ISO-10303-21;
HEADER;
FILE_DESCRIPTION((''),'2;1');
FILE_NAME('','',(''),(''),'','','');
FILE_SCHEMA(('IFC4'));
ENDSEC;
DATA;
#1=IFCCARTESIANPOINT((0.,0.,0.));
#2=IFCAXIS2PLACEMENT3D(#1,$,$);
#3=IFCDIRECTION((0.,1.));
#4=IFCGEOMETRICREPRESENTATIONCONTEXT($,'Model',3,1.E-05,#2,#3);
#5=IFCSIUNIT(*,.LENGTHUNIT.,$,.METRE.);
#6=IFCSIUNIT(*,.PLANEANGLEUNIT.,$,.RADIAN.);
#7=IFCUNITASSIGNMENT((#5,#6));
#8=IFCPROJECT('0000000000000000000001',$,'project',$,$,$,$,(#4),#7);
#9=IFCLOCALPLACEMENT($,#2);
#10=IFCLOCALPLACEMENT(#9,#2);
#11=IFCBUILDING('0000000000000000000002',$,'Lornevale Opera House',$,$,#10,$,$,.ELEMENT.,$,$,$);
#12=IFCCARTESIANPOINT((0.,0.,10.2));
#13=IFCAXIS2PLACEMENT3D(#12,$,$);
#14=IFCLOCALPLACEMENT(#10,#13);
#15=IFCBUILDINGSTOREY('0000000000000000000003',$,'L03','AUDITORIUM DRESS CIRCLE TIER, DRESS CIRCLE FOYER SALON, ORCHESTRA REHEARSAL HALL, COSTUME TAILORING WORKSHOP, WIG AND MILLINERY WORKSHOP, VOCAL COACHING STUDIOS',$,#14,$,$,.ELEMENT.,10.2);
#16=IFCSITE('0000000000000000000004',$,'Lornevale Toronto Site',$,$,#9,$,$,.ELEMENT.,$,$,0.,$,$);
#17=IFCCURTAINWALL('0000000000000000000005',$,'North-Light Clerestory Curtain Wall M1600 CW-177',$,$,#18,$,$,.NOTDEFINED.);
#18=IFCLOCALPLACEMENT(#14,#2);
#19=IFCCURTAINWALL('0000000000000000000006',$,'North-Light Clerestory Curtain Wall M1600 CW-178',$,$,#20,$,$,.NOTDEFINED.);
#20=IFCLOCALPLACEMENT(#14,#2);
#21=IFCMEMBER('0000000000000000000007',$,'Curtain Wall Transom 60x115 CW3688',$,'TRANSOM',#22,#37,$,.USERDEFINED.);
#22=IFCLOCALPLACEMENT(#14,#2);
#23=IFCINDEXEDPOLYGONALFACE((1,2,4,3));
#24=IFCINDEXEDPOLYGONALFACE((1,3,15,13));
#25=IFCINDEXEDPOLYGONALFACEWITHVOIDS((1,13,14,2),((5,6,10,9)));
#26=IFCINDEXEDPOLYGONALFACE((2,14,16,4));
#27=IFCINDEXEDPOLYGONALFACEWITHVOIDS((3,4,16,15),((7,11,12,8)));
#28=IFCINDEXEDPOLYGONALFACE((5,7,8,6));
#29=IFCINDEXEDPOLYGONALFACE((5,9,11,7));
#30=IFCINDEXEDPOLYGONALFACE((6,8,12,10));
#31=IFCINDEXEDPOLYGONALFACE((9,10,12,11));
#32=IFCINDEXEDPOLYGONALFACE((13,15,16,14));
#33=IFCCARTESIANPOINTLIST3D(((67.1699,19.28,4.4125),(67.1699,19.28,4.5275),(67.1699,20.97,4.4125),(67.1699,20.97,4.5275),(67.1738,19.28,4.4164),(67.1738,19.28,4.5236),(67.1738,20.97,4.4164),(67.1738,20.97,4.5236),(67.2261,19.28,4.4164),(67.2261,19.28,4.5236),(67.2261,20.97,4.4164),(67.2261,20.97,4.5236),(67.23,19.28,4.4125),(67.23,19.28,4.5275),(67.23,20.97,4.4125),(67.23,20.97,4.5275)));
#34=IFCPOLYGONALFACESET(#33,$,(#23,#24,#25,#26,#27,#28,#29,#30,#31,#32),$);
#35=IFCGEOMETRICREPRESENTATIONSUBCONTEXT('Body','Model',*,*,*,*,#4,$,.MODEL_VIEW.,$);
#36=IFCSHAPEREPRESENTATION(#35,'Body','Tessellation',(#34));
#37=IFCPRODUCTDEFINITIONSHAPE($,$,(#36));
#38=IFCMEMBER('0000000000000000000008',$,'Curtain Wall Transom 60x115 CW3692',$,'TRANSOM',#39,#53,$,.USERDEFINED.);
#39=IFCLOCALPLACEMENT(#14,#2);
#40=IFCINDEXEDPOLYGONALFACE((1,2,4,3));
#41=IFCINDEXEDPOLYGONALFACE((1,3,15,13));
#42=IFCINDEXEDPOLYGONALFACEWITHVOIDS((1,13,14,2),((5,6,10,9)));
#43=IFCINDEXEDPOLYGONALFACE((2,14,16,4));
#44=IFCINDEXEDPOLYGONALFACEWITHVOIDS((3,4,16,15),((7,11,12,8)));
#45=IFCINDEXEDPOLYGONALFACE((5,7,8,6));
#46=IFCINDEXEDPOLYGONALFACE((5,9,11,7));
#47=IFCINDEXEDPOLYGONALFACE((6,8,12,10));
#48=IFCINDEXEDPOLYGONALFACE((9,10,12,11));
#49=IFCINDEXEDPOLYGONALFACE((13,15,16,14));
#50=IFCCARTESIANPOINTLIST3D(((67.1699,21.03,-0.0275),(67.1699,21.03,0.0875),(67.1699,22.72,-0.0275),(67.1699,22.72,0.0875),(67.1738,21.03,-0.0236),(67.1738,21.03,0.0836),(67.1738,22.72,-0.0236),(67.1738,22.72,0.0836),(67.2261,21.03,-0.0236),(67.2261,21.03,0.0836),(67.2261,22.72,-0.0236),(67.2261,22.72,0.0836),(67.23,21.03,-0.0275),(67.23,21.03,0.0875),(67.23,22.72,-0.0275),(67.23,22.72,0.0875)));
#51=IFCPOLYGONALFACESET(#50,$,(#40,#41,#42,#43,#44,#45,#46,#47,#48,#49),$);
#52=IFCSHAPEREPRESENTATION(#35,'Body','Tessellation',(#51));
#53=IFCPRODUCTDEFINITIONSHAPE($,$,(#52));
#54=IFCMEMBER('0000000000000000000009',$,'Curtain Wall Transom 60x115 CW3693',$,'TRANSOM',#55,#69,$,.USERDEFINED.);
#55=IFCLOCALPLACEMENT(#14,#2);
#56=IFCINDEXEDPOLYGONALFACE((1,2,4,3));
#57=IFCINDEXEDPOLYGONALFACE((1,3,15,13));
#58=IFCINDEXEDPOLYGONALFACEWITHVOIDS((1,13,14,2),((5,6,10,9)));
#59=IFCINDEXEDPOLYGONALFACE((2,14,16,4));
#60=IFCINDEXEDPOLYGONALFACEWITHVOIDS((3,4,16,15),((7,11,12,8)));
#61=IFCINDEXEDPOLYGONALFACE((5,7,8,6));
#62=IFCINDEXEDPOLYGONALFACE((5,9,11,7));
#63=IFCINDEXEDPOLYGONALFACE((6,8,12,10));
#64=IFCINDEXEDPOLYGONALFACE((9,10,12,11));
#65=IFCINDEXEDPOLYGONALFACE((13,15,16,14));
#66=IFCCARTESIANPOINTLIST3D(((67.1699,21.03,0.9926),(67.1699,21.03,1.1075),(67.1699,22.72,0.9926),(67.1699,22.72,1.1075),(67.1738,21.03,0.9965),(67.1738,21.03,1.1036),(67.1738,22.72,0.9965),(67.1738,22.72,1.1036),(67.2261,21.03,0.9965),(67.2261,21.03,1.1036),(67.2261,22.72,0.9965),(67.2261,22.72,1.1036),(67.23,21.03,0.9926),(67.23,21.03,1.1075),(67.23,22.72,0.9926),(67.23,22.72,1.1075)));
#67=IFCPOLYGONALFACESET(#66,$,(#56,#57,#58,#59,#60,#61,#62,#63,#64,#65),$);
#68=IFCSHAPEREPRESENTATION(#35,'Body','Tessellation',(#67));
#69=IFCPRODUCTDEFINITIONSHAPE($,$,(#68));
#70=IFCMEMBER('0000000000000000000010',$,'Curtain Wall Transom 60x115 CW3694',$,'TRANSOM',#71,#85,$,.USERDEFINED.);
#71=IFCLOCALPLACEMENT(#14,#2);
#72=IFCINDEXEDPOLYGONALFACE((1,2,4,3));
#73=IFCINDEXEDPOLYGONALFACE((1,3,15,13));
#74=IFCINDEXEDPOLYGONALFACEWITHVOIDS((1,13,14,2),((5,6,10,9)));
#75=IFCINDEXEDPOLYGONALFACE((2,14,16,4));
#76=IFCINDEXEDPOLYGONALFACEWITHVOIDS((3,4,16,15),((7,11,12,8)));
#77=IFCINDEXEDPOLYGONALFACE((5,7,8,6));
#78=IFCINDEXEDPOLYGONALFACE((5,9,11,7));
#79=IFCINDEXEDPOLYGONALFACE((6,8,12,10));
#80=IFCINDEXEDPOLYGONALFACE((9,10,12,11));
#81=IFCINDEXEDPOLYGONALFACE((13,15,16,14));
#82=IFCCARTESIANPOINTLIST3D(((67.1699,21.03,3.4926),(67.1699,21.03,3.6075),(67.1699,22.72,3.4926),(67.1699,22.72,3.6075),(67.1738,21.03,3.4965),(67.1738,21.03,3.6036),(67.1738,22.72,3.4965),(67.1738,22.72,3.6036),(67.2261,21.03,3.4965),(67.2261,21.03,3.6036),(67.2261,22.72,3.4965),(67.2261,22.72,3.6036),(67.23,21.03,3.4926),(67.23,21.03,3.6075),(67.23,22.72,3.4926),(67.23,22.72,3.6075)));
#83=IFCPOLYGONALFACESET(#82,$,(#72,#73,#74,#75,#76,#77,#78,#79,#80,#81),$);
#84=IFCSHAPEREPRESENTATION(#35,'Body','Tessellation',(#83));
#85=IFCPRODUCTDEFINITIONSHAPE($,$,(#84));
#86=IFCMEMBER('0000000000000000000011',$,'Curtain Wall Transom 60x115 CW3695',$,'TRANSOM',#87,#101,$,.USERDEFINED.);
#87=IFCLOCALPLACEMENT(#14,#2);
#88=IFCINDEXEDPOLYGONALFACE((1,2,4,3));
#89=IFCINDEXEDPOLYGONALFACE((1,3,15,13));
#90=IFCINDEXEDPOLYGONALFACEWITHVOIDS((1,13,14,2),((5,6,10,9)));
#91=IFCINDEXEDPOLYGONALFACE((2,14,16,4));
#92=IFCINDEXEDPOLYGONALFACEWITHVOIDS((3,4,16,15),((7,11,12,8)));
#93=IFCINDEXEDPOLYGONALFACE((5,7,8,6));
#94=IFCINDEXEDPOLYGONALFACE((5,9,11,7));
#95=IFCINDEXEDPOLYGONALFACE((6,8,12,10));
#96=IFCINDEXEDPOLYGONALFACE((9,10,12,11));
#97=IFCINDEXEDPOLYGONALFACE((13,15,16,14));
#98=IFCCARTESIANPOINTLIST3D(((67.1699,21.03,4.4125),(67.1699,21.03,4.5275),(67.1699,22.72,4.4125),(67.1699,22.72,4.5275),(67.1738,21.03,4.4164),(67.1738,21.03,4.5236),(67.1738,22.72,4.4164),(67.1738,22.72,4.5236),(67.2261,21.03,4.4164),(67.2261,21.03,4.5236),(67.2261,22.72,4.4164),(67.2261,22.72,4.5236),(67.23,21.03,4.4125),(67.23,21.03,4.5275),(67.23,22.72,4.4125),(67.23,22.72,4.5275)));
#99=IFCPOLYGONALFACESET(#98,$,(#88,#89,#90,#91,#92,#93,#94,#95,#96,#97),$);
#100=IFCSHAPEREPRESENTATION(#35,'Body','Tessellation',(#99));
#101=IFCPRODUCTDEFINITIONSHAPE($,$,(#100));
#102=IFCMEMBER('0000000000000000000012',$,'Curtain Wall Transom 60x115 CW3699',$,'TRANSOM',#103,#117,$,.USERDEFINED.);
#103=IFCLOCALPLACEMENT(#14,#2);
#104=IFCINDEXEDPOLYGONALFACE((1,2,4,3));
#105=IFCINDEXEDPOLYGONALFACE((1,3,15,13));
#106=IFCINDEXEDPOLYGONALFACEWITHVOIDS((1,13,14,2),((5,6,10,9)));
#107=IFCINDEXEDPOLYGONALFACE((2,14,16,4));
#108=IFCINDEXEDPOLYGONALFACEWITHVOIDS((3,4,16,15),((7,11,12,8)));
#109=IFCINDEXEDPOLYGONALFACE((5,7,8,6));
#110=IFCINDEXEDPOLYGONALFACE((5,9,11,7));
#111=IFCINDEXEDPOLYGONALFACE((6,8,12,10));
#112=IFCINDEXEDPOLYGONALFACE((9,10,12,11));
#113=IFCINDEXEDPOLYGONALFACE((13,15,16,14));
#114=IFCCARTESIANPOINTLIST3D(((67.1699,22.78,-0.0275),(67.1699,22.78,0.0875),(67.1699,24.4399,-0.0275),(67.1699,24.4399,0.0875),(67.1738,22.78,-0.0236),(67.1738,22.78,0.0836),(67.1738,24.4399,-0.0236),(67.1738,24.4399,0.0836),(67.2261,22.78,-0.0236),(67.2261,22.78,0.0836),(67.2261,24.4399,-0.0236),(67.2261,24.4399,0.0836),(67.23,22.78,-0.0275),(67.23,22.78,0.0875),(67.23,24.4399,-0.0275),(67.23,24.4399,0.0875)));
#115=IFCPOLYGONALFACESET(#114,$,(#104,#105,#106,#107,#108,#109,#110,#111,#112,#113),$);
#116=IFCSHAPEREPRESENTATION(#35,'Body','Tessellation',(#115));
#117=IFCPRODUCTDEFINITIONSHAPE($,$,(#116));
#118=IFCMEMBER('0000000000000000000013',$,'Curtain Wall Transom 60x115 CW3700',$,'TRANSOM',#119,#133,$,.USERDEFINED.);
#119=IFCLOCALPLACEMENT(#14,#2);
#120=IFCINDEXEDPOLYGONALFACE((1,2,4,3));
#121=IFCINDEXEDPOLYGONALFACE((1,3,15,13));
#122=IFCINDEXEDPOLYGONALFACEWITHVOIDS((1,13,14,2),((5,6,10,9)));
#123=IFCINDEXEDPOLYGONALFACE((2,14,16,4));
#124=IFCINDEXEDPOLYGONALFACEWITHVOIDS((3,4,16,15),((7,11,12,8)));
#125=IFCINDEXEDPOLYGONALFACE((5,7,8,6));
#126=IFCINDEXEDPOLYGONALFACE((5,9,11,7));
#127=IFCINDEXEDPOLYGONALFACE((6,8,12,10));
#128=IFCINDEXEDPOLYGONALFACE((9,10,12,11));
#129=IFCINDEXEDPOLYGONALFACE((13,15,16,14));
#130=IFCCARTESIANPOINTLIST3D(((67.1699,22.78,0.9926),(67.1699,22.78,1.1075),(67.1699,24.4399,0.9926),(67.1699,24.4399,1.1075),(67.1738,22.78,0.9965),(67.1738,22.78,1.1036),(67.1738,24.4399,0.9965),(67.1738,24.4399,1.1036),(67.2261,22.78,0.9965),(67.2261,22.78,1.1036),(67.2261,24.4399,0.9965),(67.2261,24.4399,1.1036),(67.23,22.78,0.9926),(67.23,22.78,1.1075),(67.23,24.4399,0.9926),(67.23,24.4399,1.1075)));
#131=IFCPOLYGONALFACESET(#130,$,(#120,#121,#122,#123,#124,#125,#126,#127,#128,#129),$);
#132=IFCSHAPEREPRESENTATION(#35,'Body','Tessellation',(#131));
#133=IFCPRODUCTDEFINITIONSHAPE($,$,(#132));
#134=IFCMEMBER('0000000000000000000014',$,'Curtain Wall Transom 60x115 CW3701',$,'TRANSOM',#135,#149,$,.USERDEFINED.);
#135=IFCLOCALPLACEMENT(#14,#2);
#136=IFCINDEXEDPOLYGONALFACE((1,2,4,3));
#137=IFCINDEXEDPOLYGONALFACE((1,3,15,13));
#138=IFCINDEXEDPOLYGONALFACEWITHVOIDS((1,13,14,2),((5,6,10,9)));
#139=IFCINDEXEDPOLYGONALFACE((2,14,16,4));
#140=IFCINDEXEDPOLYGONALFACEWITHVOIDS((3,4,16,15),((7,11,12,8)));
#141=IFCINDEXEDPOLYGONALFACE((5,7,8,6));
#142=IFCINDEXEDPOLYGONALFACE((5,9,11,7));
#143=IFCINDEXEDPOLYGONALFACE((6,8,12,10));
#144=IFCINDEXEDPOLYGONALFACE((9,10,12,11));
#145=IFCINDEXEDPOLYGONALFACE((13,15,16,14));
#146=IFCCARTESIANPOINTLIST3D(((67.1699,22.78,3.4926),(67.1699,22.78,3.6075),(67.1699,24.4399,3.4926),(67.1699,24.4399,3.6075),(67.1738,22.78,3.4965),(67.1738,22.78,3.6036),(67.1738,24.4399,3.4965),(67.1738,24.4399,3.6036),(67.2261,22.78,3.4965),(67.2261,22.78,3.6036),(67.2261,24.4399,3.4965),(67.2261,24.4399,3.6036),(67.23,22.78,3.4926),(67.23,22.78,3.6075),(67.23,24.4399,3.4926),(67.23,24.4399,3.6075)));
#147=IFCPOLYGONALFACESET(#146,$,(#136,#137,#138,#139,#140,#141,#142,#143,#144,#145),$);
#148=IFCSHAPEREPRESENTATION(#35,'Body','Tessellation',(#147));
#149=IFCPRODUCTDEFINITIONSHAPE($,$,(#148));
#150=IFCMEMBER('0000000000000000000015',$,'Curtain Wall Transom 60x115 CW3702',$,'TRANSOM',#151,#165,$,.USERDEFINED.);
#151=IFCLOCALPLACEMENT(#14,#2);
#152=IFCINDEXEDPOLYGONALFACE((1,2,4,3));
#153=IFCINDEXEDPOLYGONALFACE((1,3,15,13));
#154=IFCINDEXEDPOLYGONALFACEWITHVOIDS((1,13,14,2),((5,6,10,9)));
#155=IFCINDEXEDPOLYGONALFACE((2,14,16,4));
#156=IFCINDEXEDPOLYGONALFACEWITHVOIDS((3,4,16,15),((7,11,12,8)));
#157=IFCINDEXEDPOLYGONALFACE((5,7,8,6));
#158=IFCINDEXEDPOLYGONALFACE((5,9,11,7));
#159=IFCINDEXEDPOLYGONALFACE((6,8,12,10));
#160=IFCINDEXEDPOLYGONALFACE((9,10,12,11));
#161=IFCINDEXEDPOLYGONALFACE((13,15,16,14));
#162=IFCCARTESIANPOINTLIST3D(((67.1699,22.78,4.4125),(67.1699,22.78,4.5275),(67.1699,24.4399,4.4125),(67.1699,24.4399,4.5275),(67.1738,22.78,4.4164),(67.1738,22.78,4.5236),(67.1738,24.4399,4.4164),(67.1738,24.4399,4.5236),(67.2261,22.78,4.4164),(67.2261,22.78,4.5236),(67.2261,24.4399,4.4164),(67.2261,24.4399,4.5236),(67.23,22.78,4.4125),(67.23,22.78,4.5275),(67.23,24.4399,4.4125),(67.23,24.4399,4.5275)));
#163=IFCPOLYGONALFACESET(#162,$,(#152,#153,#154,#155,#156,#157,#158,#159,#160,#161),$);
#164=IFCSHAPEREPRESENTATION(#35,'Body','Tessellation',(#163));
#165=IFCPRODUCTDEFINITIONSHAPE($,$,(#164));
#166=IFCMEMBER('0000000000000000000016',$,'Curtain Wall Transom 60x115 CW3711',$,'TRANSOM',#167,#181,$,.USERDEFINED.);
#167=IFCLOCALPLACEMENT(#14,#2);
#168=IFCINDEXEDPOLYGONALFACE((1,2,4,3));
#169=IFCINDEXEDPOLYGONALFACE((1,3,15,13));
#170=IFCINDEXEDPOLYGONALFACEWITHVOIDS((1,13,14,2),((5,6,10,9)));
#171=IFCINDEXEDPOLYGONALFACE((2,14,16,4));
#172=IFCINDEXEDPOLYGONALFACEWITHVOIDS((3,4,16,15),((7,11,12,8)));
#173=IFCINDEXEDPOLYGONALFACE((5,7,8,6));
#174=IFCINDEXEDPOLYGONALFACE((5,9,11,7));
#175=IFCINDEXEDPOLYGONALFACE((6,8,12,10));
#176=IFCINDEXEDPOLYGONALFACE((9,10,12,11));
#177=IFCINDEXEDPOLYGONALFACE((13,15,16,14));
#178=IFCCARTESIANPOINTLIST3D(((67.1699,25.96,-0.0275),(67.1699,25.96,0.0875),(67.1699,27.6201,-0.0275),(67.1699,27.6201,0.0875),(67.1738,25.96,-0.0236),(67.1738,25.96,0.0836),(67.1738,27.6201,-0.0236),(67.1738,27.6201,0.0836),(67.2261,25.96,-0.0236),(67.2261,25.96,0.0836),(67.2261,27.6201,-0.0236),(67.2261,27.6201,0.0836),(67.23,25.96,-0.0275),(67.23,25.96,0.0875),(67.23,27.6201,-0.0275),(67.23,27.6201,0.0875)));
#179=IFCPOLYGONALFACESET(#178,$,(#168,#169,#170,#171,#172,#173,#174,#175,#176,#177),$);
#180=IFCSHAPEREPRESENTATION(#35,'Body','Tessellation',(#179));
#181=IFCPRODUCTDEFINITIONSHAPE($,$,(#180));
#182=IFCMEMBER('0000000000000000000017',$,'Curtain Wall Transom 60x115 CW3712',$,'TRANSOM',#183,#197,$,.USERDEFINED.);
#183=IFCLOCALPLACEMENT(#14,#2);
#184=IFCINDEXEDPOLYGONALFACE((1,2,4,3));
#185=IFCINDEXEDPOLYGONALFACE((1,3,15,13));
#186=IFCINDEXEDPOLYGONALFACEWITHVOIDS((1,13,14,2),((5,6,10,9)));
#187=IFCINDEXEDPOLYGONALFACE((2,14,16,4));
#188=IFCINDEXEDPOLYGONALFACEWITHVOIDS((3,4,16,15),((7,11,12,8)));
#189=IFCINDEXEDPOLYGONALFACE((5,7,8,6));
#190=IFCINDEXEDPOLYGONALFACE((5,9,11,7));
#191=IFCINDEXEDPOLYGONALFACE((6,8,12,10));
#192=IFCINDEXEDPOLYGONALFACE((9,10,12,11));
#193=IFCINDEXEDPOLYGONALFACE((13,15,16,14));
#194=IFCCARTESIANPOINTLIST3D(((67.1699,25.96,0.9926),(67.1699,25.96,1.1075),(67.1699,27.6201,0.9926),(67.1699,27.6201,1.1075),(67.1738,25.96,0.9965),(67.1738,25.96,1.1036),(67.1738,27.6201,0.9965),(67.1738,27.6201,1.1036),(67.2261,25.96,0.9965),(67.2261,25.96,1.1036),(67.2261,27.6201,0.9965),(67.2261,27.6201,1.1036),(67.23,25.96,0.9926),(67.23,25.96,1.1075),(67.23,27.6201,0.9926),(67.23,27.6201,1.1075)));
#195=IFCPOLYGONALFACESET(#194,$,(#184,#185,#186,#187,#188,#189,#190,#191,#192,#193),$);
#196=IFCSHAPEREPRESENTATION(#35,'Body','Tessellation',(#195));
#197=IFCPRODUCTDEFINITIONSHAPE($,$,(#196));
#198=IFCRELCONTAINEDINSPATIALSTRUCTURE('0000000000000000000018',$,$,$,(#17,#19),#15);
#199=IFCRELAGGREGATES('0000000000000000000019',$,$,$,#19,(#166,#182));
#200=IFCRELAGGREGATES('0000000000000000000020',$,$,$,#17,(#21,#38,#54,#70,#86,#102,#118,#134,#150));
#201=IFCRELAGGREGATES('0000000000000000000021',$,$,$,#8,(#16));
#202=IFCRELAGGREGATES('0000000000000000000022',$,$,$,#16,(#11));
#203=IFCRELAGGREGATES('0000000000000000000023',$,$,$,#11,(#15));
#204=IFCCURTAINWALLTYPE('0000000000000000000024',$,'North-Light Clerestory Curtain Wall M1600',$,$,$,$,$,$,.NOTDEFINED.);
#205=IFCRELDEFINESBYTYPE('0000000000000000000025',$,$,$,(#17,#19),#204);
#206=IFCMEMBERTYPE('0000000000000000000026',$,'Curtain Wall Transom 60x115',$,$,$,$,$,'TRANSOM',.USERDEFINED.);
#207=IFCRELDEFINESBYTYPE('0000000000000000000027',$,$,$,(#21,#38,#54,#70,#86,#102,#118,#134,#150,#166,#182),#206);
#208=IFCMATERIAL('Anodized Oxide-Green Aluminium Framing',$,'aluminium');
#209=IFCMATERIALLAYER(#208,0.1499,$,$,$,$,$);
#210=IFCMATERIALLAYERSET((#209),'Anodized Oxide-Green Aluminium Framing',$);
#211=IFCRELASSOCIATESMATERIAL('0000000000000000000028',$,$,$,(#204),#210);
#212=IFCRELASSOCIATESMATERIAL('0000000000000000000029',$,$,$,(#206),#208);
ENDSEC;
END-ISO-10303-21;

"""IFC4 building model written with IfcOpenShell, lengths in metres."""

from ifc_helpers import new_model, si_unit, direction, frame, origin, origin_2d, place, context, subcontext, project, spatial, hollow_rectangle, extrude, material, layer, layer_set, material_profile, profile_set, type_object, element, aggregate, save


model = new_model("IFC4")

# Units and contexts
model_context = context("Model", 3, precision=1e-05, world=origin(), true_north=direction((0.0, 1.0)))
body_context = subcontext(model_context, "Body", "Model", "MODEL_VIEW")
ifc_project = project(units=[si_unit("LENGTHUNIT", "METRE"), si_unit("PLANEANGLEUNIT", "RADIAN")], contexts=[model_context])

# Site, building, storey
site_placement = place(None, origin())
site = spatial("IfcSite", under=ifc_project, at=site_placement, Name="Lornevale Toronto Site", CompositionType="ELEMENT", RefElevation=0.0)
building_placement = place(site_placement, origin())
building = spatial("IfcBuilding", under=site, at=building_placement, Name="Lornevale Opera House", CompositionType="ELEMENT")
storey_placement = place(building_placement, frame((0.0, 0.0, 10.2)))
storey = spatial("IfcBuildingStorey", under=building, at=storey_placement, Name="L03", Description="AUDITORIUM DRESS CIRCLE TIER, DRESS CIRCLE FOYER SALON, ORCHESTRA REHEARSAL HALL, COSTUME TAILORING WORKSHOP, WIG AND MILLINERY WORKSHOP, VOCAL COACHING STUDIOS", CompositionType="ELEMENT", Elevation=10.2)

# Curtain wall
ifc_material_1 = material(Name="Anodized Oxide-Green Aluminium Framing", Category="aluminium")
ifc_layer_1 = layer(ifc_material_1, 0.1499)
ifc_layer_set_1 = layer_set([ifc_layer_1], Name="Anodized Oxide-Green Aluminium Framing")
curtain_wall_type_1 = type_object("IfcCurtainWallType", Name="North-Light Clerestory Curtain Wall M1600", PredefinedType="NOTDEFINED", material=ifc_layer_set_1)
curtain_wall_1_placement = place(storey_placement, origin())
curtain_wall_1 = element("IfcCurtainWall", 1, at=curtain_wall_1_placement, inside=storey, type_object=curtain_wall_type_1, Name="North-Light Clerestory Curtain Wall M1600 CW-177", PredefinedType="NOTDEFINED")

# Curtain wall
curtain_wall_2_placement = place(storey_placement, origin())
curtain_wall_2 = element("IfcCurtainWall", 2, at=curtain_wall_2_placement, inside=storey, type_object=curtain_wall_type_1, Name="North-Light Clerestory Curtain Wall M1600 CW-178", PredefinedType="NOTDEFINED")

# Members
ifc_material_profile_1 = material_profile(ifc_material_1, hollow_rectangle(XDim=0.0601, YDim=0.115, WallThickness=0.0039, at=origin_2d()), Name="ALU60x115x4")
ifc_profile_set_1 = profile_set([ifc_material_profile_1], Name="Anodized Oxide-Green Aluminium Framing")
member_type_1 = type_object("IfcMemberType", Name="Curtain Wall Transom 60x115", ElementType="TRANSOM", PredefinedType="USERDEFINED", material=ifc_profile_set_1)
member_1_placement = place(storey_placement, frame((67.2, 19.28, 4.47), z_axis=(0.0, 1.0, 0.0), x_axis=(-1.0, 0.0, 0.0)))
member_1 = element("IfcMember", 3, at=member_1_placement, type_object=member_type_1, Name="Curtain Wall Transom 60x115 CW3688", ObjectType="TRANSOM", PredefinedType="USERDEFINED", context=body_context, shape_type="SweptSolid", body=[
    extrude(hollow_rectangle(XDim=0.0601, YDim=0.115, WallThickness=0.0039, at=origin_2d()), origin(), (0.0, 0.0, 1.0), 1.6899),
])
member_2_placement = place(storey_placement, frame((67.2, 21.03, 0.03), z_axis=(0.0, 1.0, 0.0), x_axis=(-1.0, 0.0, 0.0)))
member_2 = element("IfcMember", 4, at=member_2_placement, type_object=member_type_1, Name="Curtain Wall Transom 60x115 CW3692", ObjectType="TRANSOM", PredefinedType="USERDEFINED", context=body_context, shape_type="SweptSolid", body=[
    extrude(hollow_rectangle(XDim=0.0601, YDim=0.115, WallThickness=0.0039, at=origin_2d()), origin(), (0.0, 0.0, 1.0), 1.6899),
])
member_3_placement = place(storey_placement, frame((67.2, 21.03, 1.05), z_axis=(0.0, 1.0, 0.0), x_axis=(-1.0, 0.0, 0.0)))
member_3 = element("IfcMember", 5, at=member_3_placement, type_object=member_type_1, Name="Curtain Wall Transom 60x115 CW3693", ObjectType="TRANSOM", PredefinedType="USERDEFINED", context=body_context, shape_type="SweptSolid", body=[
    extrude(hollow_rectangle(XDim=0.0601, YDim=0.115, WallThickness=0.0039, at=origin_2d()), origin(), (0.0, 0.0, 1.0), 1.6899),
])
member_4_placement = place(storey_placement, frame((67.2, 21.03, 3.55), z_axis=(0.0, 1.0, 0.0), x_axis=(-1.0, 0.0, 0.0)))
member_4 = element("IfcMember", 6, at=member_4_placement, type_object=member_type_1, Name="Curtain Wall Transom 60x115 CW3694", ObjectType="TRANSOM", PredefinedType="USERDEFINED", context=body_context, shape_type="SweptSolid", body=[
    extrude(hollow_rectangle(XDim=0.0601, YDim=0.115, WallThickness=0.0039, at=origin_2d()), origin(), (0.0, 0.0, 1.0), 1.6899),
])
member_5_placement = place(storey_placement, frame((67.2, 21.03, 4.47), z_axis=(0.0, 1.0, 0.0), x_axis=(-1.0, 0.0, 0.0)))
member_5 = element("IfcMember", 7, at=member_5_placement, type_object=member_type_1, Name="Curtain Wall Transom 60x115 CW3695", ObjectType="TRANSOM", PredefinedType="USERDEFINED", context=body_context, shape_type="SweptSolid", body=[
    extrude(hollow_rectangle(XDim=0.0601, YDim=0.115, WallThickness=0.0039, at=origin_2d()), origin(), (0.0, 0.0, 1.0), 1.6899),
])
member_6_placement = place(storey_placement, frame((67.2, 22.78, 0.03), z_axis=(0.0, 1.0, 0.0), x_axis=(-1.0, 0.0, 0.0)))
member_6 = element("IfcMember", 8, at=member_6_placement, type_object=member_type_1, Name="Curtain Wall Transom 60x115 CW3699", ObjectType="TRANSOM", PredefinedType="USERDEFINED", context=body_context, shape_type="SweptSolid", body=[
    extrude(hollow_rectangle(XDim=0.0601, YDim=0.115, WallThickness=0.0039, at=origin_2d()), origin(), (0.0, 0.0, 1.0), 1.6599),
])
member_7_placement = place(storey_placement, frame((67.2, 22.78, 1.05), z_axis=(0.0, 1.0, 0.0), x_axis=(-1.0, 0.0, 0.0)))
member_7 = element("IfcMember", 9, at=member_7_placement, type_object=member_type_1, Name="Curtain Wall Transom 60x115 CW3700", ObjectType="TRANSOM", PredefinedType="USERDEFINED", context=body_context, shape_type="SweptSolid", body=[
    extrude(hollow_rectangle(XDim=0.0601, YDim=0.115, WallThickness=0.0039, at=origin_2d()), origin(), (0.0, 0.0, 1.0), 1.6599),
])
member_8_placement = place(storey_placement, frame((67.2, 22.78, 3.55), z_axis=(0.0, 1.0, 0.0), x_axis=(-1.0, 0.0, 0.0)))
member_8 = element("IfcMember", 10, at=member_8_placement, type_object=member_type_1, Name="Curtain Wall Transom 60x115 CW3701", ObjectType="TRANSOM", PredefinedType="USERDEFINED", context=body_context, shape_type="SweptSolid", body=[
    extrude(hollow_rectangle(XDim=0.0601, YDim=0.115, WallThickness=0.0039, at=origin_2d()), origin(), (0.0, 0.0, 1.0), 1.6599),
])
member_9_placement = place(storey_placement, frame((67.2, 22.78, 4.47), z_axis=(0.0, 1.0, 0.0), x_axis=(-1.0, 0.0, 0.0)))
member_9 = element("IfcMember", 11, at=member_9_placement, type_object=member_type_1, Name="Curtain Wall Transom 60x115 CW3702", ObjectType="TRANSOM", PredefinedType="USERDEFINED", context=body_context, shape_type="SweptSolid", body=[
    extrude(hollow_rectangle(XDim=0.0601, YDim=0.115, WallThickness=0.0039, at=origin_2d()), origin(), (0.0, 0.0, 1.0), 1.6599),
])
member_10_placement = place(storey_placement, frame((67.2, 25.96, 0.03), z_axis=(0.0, 1.0, 0.0), x_axis=(-1.0, 0.0, 0.0)))
member_10 = element("IfcMember", 12, at=member_10_placement, type_object=member_type_1, Name="Curtain Wall Transom 60x115 CW3711", ObjectType="TRANSOM", PredefinedType="USERDEFINED", context=body_context, shape_type="SweptSolid", body=[
    extrude(hollow_rectangle(XDim=0.0601, YDim=0.115, WallThickness=0.0039, at=origin_2d()), origin(), (0.0, 0.0, 1.0), 1.6602),
])
member_11_placement = place(storey_placement, frame((67.2, 25.96, 1.05), z_axis=(0.0, 1.0, 0.0), x_axis=(-1.0, 0.0, 0.0)))
member_11 = element("IfcMember", 13, at=member_11_placement, type_object=member_type_1, Name="Curtain Wall Transom 60x115 CW3712", ObjectType="TRANSOM", PredefinedType="USERDEFINED", context=body_context, shape_type="SweptSolid", body=[
    extrude(hollow_rectangle(XDim=0.0601, YDim=0.115, WallThickness=0.0039, at=origin_2d()), origin(), (0.0, 0.0, 1.0), 1.6602),
])
aggregate(curtain_wall_2, [member_10, member_11])

aggregate(curtain_wall_1, [member_1, member_2, member_3, member_4, member_5, member_6, member_7, member_8, member_9])

save(model, "model.ifc")
